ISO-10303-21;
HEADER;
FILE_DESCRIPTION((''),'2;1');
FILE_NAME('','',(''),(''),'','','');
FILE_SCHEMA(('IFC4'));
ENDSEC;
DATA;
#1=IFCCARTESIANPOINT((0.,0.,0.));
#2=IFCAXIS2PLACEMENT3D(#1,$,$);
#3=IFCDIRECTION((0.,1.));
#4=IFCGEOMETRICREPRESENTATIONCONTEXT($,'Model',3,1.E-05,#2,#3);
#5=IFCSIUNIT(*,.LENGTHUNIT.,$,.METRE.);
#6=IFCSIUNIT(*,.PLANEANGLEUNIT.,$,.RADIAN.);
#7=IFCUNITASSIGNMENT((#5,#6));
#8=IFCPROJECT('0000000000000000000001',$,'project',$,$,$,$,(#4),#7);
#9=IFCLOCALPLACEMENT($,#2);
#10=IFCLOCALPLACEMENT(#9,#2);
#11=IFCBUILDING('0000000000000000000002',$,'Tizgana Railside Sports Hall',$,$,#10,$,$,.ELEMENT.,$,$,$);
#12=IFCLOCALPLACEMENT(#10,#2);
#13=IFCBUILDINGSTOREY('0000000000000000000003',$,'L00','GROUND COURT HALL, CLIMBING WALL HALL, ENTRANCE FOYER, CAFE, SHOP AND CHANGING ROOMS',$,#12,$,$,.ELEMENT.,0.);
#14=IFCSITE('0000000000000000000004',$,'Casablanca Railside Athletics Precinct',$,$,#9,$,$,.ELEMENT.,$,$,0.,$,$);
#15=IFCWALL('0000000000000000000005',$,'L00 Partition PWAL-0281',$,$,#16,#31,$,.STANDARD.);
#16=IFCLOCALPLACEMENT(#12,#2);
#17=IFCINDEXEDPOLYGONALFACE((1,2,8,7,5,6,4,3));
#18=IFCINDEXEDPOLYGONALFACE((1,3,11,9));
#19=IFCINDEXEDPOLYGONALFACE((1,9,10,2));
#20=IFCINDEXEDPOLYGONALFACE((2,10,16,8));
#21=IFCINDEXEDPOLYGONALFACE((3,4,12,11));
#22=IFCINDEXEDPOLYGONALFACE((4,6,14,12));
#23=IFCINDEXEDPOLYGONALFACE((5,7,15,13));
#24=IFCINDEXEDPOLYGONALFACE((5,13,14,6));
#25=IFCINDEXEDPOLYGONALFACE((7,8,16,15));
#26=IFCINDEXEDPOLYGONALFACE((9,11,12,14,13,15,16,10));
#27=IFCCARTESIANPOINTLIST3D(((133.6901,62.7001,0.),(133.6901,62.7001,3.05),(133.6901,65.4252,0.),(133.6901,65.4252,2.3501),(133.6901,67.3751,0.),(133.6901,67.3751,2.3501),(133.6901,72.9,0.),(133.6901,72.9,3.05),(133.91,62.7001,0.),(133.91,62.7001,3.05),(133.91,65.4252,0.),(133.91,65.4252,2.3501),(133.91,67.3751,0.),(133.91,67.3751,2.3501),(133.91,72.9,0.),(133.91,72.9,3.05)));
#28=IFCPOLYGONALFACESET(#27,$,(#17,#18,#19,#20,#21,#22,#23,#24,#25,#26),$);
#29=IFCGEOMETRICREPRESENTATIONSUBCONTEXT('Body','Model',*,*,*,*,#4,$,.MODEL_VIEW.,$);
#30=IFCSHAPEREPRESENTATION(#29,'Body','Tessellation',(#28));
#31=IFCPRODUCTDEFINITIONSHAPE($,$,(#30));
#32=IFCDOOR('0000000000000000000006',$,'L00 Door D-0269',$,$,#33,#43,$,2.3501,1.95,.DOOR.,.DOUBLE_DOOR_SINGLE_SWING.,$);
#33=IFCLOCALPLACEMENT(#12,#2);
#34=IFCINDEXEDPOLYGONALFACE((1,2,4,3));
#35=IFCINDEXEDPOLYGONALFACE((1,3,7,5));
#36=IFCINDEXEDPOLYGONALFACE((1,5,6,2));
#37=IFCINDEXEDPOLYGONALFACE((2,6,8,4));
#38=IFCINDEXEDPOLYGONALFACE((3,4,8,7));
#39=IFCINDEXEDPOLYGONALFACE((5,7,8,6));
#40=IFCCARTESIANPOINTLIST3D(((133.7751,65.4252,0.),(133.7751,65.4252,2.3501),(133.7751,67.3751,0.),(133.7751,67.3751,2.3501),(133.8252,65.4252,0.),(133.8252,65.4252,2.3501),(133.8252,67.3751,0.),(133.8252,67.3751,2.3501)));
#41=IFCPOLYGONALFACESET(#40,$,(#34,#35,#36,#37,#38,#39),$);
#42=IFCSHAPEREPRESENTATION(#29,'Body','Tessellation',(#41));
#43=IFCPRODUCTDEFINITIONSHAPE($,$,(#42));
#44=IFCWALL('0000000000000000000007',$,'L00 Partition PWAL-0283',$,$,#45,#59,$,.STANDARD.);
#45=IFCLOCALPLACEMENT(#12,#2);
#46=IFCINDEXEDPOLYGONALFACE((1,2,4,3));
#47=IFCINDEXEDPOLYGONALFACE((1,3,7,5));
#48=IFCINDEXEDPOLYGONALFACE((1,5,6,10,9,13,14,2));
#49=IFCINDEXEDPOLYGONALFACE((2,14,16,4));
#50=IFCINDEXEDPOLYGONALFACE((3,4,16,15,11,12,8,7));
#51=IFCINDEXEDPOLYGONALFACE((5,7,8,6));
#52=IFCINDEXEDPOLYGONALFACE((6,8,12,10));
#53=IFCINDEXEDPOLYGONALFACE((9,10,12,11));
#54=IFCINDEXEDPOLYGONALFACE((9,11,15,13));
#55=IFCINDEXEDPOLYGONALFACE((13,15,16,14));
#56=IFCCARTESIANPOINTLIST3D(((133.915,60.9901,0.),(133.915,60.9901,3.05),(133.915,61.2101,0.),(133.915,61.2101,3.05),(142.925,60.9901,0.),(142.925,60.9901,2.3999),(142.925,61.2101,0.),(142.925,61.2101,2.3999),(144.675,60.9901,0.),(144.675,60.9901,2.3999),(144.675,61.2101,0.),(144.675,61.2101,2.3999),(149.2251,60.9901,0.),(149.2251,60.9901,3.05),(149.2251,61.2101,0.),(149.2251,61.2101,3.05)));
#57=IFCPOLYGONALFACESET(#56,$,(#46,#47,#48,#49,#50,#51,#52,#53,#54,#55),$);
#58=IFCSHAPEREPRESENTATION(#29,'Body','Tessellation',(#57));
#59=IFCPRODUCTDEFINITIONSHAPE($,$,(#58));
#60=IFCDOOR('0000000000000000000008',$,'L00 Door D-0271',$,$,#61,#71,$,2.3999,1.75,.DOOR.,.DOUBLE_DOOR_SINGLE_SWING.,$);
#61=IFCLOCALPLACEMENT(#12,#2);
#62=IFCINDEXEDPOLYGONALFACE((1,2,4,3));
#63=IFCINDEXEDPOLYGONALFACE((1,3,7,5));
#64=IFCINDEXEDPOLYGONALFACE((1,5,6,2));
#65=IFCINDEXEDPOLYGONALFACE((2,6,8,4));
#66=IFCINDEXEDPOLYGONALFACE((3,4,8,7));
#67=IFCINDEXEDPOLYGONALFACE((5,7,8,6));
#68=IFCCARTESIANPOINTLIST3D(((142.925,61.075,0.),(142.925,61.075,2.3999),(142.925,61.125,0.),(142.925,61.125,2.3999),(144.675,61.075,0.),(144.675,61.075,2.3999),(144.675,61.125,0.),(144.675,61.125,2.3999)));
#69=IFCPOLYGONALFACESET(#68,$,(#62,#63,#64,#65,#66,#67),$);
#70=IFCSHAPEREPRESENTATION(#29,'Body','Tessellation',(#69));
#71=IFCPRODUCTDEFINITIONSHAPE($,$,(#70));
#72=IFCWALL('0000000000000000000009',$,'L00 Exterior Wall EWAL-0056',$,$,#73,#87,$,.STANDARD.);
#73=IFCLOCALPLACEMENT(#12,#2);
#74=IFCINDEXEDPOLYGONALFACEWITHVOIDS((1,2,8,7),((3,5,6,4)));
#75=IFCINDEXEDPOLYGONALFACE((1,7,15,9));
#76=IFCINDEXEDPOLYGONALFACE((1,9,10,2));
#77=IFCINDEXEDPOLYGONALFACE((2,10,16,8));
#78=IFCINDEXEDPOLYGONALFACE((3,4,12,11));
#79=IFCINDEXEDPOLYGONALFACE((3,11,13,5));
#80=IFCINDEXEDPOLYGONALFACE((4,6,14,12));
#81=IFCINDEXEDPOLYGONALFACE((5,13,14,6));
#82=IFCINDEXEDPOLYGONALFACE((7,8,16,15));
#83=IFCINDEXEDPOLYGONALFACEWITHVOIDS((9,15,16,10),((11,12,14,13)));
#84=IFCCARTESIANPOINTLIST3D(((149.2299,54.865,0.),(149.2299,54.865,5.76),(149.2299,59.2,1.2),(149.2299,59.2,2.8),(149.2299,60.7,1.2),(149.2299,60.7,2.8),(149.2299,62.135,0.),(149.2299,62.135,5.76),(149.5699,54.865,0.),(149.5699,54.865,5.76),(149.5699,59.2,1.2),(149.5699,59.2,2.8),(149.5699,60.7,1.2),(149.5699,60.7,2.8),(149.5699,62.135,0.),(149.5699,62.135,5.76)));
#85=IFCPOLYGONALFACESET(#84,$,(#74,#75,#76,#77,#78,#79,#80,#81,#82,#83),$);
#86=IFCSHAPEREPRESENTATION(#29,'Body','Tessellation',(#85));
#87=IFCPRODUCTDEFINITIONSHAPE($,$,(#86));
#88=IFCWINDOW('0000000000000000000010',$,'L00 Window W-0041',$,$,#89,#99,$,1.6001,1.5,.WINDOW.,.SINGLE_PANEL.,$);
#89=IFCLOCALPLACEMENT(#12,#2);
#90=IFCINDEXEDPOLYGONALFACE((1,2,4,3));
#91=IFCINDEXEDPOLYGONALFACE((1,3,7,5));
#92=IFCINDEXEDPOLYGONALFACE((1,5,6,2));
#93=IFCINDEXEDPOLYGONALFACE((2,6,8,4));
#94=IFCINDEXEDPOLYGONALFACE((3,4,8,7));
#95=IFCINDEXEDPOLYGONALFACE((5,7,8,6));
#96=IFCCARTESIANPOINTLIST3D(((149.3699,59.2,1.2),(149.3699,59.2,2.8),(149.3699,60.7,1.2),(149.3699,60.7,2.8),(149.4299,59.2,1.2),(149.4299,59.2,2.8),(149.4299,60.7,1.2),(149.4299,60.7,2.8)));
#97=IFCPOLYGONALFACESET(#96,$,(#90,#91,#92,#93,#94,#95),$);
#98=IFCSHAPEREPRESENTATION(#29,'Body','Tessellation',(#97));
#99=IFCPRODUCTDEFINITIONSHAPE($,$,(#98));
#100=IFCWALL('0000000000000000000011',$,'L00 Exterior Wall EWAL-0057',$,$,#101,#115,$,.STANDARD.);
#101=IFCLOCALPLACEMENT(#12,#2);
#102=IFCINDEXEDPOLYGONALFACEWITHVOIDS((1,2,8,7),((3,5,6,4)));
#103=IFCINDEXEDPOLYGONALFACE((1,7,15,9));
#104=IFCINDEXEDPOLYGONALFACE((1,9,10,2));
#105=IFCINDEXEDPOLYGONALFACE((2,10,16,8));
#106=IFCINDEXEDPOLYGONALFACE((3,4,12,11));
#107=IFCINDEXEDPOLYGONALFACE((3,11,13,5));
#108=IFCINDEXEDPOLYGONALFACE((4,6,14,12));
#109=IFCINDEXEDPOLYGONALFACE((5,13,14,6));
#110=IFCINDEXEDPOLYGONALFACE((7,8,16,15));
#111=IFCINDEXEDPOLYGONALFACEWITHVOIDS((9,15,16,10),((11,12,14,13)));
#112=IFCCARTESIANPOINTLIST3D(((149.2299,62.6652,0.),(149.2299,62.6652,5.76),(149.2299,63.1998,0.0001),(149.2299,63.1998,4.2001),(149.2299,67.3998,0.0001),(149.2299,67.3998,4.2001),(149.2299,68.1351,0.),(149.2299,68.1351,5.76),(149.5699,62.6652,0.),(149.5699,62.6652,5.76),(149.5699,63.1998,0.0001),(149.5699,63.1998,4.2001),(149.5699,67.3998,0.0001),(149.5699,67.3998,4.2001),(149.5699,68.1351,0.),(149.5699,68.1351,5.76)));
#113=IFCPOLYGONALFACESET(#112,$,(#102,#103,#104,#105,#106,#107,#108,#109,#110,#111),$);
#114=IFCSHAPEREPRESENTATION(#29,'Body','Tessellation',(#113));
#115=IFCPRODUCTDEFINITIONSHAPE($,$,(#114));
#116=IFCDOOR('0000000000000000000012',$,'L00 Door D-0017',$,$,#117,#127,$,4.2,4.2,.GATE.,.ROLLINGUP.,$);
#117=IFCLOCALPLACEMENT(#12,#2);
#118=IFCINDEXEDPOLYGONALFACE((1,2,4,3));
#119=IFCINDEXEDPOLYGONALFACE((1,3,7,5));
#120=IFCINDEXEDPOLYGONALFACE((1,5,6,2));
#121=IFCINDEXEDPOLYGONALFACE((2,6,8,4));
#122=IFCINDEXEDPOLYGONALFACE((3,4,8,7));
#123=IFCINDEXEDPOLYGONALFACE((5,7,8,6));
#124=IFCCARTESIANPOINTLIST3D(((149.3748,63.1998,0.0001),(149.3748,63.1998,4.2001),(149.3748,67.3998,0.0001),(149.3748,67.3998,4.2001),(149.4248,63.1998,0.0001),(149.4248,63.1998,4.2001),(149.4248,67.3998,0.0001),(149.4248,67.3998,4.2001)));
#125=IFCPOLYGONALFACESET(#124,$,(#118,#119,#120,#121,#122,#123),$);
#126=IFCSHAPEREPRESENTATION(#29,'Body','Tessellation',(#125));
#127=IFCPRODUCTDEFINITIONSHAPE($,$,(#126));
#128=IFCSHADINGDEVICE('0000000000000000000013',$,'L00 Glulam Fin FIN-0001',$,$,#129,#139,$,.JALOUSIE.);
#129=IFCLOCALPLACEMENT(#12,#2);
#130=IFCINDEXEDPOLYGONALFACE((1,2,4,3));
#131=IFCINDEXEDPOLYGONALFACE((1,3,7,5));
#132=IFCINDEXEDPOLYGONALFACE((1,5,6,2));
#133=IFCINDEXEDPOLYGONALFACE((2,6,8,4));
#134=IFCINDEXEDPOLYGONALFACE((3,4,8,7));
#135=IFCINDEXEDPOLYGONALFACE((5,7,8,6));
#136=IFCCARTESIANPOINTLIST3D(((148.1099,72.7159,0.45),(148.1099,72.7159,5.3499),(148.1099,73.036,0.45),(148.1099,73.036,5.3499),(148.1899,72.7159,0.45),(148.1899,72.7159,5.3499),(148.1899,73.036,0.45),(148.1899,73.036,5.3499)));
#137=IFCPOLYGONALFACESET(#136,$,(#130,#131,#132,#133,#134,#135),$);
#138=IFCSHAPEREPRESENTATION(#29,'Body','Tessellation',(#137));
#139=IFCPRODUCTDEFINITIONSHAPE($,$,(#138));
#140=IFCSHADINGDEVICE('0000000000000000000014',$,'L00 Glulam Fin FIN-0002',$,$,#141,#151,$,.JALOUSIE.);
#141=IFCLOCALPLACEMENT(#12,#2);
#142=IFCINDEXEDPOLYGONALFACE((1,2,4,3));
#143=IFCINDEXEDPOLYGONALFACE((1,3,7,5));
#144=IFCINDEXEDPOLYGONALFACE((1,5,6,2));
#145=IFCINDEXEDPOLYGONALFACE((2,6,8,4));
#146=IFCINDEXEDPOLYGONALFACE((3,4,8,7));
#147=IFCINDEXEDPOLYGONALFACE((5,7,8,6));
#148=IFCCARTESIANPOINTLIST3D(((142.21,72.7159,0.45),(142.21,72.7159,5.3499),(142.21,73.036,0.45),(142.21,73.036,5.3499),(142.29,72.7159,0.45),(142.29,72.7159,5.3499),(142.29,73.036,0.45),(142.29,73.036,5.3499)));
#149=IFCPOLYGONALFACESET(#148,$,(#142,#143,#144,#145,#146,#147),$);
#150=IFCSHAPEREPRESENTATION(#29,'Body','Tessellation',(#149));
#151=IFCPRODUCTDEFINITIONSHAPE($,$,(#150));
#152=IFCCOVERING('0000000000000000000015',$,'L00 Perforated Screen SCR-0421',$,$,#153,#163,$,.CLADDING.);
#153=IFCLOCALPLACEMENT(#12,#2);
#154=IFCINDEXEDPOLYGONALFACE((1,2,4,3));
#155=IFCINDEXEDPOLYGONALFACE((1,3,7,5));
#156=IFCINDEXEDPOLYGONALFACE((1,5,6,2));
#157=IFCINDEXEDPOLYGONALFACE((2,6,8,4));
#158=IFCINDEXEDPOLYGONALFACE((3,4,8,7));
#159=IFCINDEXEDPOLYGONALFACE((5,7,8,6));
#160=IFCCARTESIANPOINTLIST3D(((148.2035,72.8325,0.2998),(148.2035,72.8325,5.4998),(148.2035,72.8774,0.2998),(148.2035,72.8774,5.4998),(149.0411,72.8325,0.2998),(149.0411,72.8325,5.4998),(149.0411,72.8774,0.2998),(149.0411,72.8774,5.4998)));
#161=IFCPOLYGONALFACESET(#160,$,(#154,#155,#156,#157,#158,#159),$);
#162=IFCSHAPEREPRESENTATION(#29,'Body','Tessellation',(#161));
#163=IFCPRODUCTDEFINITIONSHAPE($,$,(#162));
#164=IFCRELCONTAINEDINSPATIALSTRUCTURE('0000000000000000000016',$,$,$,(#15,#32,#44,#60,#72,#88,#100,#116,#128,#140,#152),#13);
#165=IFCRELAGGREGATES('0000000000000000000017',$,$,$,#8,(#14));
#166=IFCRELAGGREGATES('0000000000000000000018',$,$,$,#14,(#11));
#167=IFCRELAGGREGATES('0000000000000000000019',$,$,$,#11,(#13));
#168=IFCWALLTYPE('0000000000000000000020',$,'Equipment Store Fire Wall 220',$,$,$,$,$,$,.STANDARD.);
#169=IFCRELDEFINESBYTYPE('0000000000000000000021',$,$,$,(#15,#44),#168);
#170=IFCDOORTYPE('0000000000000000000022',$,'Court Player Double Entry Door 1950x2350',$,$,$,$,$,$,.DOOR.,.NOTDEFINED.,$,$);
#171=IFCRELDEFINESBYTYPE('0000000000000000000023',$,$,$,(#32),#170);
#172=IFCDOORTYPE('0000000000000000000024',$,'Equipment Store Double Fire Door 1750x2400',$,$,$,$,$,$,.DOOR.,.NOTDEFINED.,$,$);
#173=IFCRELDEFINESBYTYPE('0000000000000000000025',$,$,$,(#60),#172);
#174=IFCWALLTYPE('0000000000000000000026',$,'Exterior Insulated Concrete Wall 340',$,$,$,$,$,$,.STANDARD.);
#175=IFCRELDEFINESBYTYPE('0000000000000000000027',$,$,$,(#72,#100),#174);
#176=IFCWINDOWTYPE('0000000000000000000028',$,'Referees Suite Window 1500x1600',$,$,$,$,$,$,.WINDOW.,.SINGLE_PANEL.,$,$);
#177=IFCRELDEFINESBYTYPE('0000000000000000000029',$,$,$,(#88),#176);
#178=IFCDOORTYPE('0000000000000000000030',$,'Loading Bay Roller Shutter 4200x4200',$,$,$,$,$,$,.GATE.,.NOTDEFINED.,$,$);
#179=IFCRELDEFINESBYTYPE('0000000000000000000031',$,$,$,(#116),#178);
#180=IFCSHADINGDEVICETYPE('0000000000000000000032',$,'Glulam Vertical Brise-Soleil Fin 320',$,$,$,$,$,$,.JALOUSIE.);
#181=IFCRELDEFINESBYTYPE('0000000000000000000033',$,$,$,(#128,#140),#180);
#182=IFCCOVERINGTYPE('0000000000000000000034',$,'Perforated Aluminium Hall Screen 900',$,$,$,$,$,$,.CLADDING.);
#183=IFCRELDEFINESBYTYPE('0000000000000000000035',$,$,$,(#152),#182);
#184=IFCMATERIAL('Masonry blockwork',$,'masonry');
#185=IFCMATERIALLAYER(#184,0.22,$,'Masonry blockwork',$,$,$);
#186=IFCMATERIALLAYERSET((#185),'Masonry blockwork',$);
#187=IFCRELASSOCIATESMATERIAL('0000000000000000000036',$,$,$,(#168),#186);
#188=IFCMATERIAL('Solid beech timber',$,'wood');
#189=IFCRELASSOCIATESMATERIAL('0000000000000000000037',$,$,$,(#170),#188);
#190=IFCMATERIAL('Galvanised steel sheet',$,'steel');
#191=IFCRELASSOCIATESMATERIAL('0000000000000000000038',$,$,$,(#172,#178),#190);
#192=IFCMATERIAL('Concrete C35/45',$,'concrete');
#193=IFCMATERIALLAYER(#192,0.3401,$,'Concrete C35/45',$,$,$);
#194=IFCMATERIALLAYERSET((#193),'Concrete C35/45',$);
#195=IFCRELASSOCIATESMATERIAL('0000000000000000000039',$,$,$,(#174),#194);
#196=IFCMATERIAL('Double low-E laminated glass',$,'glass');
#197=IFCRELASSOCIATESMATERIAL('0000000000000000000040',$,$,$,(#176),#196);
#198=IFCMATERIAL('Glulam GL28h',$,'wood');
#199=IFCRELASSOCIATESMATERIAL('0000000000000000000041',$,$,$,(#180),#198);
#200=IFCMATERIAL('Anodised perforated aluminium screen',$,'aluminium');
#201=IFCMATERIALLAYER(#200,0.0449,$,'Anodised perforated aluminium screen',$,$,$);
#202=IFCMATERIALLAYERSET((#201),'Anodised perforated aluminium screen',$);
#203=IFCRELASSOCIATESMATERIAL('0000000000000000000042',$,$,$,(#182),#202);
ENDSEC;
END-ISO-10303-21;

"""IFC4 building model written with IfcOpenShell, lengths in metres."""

from ifc_helpers import new_model, si_unit, direction, frame, frame_2d, origin, origin_2d, place, context, subcontext, project, spatial, rectangle, extrude, material, layer, layer_set, type_object, element, fill, save


model = new_model("IFC4")

# Units and contexts
model_context = context("Model", 3, precision=1e-05, world=origin(), true_north=direction((0.0, 1.0)))
body_context = subcontext(model_context, "Body", "Model", "MODEL_VIEW")
ifc_project = project(units=[si_unit("LENGTHUNIT", "METRE"), si_unit("PLANEANGLEUNIT", "RADIAN")], contexts=[model_context])

# Site, building, storey
site_placement = place(None, origin())
site = spatial("IfcSite", under=ifc_project, at=site_placement, Name="Casablanca Railside Athletics Precinct", CompositionType="ELEMENT", RefElevation=0.0)
building_placement = place(site_placement, origin())
building = spatial("IfcBuilding", under=site, at=building_placement, Name="Tizgana Railside Sports Hall", CompositionType="ELEMENT")
storey_placement = place(building_placement, origin())
storey = spatial("IfcBuildingStorey", under=building, at=storey_placement, Name="L00", Description="GROUND COURT HALL, CLIMBING WALL HALL, ENTRANCE FOYER, CAFE, SHOP AND CHANGING ROOMS", CompositionType="ELEMENT", Elevation=0.0)

# Shared definitions
ifc_material_1 = material(Name="Concrete C35/45", Category="concrete")

# Walls, openings, doors
ifc_material_2 = material(Name="Masonry blockwork", Category="masonry")
ifc_layer_1 = layer(ifc_material_2, 0.22, Name="Masonry blockwork")
ifc_layer_set_1 = layer_set([ifc_layer_1], Name="Masonry blockwork")
wall_type_1 = type_object("IfcWallType", Name="Equipment Store Fire Wall 220", PredefinedType="STANDARD", material=ifc_layer_set_1)
ifc_material_3 = material(Name="Solid beech timber", Category="wood")
door_type_1 = type_object("IfcDoorType", Name="Court Player Double Entry Door 1950x2350", OperationType="NOTDEFINED", PredefinedType="DOOR", material=ifc_material_3)
wall_1_placement = place(storey_placement, frame((133.8, 62.7, 0.0), z_axis=(0.0, 0.0, 1.0), x_axis=(0.0, 1.0, 0.0)))
wall_1 = element("IfcWall", 1, at=wall_1_placement, inside=storey, type_object=wall_type_1, Name="L00 Partition PWAL-0281", PredefinedType="STANDARD", context=body_context, shape_type="SweptSolid", body=[
    extrude(rectangle(XDim=10.2, YDim=0.22, at=frame_2d((5.1001, 0.0))), origin(), (0.0, 0.0, 1.0), 3.05),
])
opening_1_placement = place(wall_1_placement, frame((2.7251, 0.0, 0.0)))
opening_1 = element("IfcOpeningElement", 2, at=opening_1_placement, cuts=wall_1, PredefinedType="OPENING", context=body_context, shape_type="SweptSolid", body=[
    extrude(rectangle(XDim=1.95, YDim=2.3501, at=frame_2d((0.9751, 1.175))), frame((0.0, 0.1199, 0.0), z_axis=(0.0, -1.0, 0.0), x_axis=(1.0, 0.0, 0.0)), (0.0, 0.0, 1.0), 0.24),
])
door_1_placement = place(opening_1_placement, origin())
door_1 = element("IfcDoor", 3, at=door_1_placement, inside=storey, type_object=door_type_1, Name="L00 Door D-0269", OperationType="DOUBLE_DOOR_SINGLE_SWING", OverallHeight=2.3501, OverallWidth=1.95, PredefinedType="DOOR", context=body_context, shape_type="SweptSolid", body=[
    extrude(rectangle(XDim=1.95, YDim=2.3501, at=frame_2d((0.9751, 1.175))), frame((0.0, 0.0249, 0.0), z_axis=(0.0, -1.0, 0.0), x_axis=(1.0, 0.0, 0.0)), (0.0, 0.0, 1.0), 0.05),
])
fill(opening_1, door_1)
wall_2_placement = place(storey_placement, frame((133.915, 61.1001, 0.0), z_axis=(0.0, 0.0, 1.0), x_axis=(1.0, 0.0, 0.0)))
wall_2 = element("IfcWall", 4, at=wall_2_placement, inside=storey, type_object=wall_type_1, Name="L00 Partition PWAL-0283", PredefinedType="STANDARD", context=body_context, shape_type="SweptSolid", body=[
    extrude(rectangle(XDim=15.3101, YDim=0.22, at=frame_2d((7.655, 0.0))), origin(), (0.0, 0.0, 1.0), 3.05),
])
opening_2_placement = place(wall_2_placement, frame((9.01, 0.0, 0.0)))
opening_2 = element("IfcOpeningElement", 5, at=opening_2_placement, cuts=wall_2, PredefinedType="OPENING", context=body_context, shape_type="SweptSolid", body=[
    extrude(rectangle(XDim=1.75, YDim=2.3999, at=frame_2d((0.875, 1.2))), frame((0.0, 0.1199, 0.0), z_axis=(0.0, -1.0, 0.0), x_axis=(1.0, 0.0, 0.0)), (0.0, 0.0, 1.0), 0.24),
])
ifc_material_4 = material(Name="Galvanised steel sheet", Category="steel")
door_type_2 = type_object("IfcDoorType", Name="Equipment Store Double Fire Door 1750x2400", OperationType="NOTDEFINED", PredefinedType="DOOR", material=ifc_material_4)
door_2_placement = place(opening_2_placement, origin())
door_2 = element("IfcDoor", 6, at=door_2_placement, inside=storey, type_object=door_type_2, Name="L00 Door D-0271", OperationType="DOUBLE_DOOR_SINGLE_SWING", OverallHeight=2.3999, OverallWidth=1.75, PredefinedType="DOOR", context=body_context, shape_type="SweptSolid", body=[
    extrude(rectangle(XDim=1.75, YDim=2.3999, at=frame_2d((0.875, 1.2))), frame((0.0, 0.0249, 0.0), z_axis=(0.0, -1.0, 0.0), x_axis=(1.0, 0.0, 0.0)), (0.0, 0.0, 1.0), 0.05),
])
fill(opening_2, door_2)

# Wall, opening, window
ifc_layer_2 = layer(ifc_material_1, 0.3401, Name="Concrete C35/45")
ifc_layer_set_2 = layer_set([ifc_layer_2], Name="Concrete C35/45")
wall_type_2 = type_object("IfcWallType", Name="Exterior Insulated Concrete Wall 340", PredefinedType="STANDARD", material=ifc_layer_set_2)
wall_3_placement = place(storey_placement, frame((149.3999, 62.135, 0.0), z_axis=(0.0, 0.0, 1.0), x_axis=(0.0, -1.0, 0.0)))
wall_3 = element("IfcWall", 7, at=wall_3_placement, inside=storey, type_object=wall_type_2, Name="L00 Exterior Wall EWAL-0056", PredefinedType="STANDARD", context=body_context, shape_type="SweptSolid", body=[
    extrude(rectangle(XDim=7.27, YDim=0.3401, at=frame_2d((3.635, 0.0))), origin(), (0.0, 0.0, 1.0), 5.76),
])
opening_3_placement = place(wall_3_placement, frame((1.4351, 0.0, 1.2)))
opening_3 = element("IfcOpeningElement", 8, at=opening_3_placement, cuts=wall_3, PredefinedType="OPENING", context=body_context, shape_type="SweptSolid", body=[
    extrude(rectangle(XDim=1.5, YDim=1.6001, at=frame_2d((0.75, 0.8))), frame((0.0, 0.1799, 0.0), z_axis=(0.0, -1.0, 0.0), x_axis=(1.0, 0.0, 0.0)), (0.0, 0.0, 1.0), 0.3601),
])
ifc_material_5 = material(Name="Double low-E laminated glass", Category="glass")
window_type = type_object("IfcWindowType", Name="Referees Suite Window 1500x1600", PartitioningType="SINGLE_PANEL", PredefinedType="WINDOW", material=ifc_material_5)
window_placement = place(opening_3_placement, origin())
window = element("IfcWindow", 9, at=window_placement, inside=storey, type_object=window_type, Name="L00 Window W-0041", OverallHeight=1.6001, OverallWidth=1.5, PartitioningType="SINGLE_PANEL", PredefinedType="WINDOW", context=body_context, shape_type="SweptSolid", body=[
    extrude(rectangle(XDim=1.5, YDim=1.6001, at=frame_2d((0.75, 0.8))), frame((0.0, 0.03, 0.0), z_axis=(0.0, -1.0, 0.0), x_axis=(1.0, 0.0, 0.0)), (0.0, 0.0, 1.0), 0.0601),
])
fill(opening_3, window)

# Wall, opening, door
wall_4_placement = place(storey_placement, frame((149.3999, 68.135, 0.0), z_axis=(0.0, 0.0, 1.0), x_axis=(0.0, -1.0, 0.0)))
wall_4 = element("IfcWall", 10, at=wall_4_placement, inside=storey, type_object=wall_type_2, Name="L00 Exterior Wall EWAL-0057", PredefinedType="STANDARD", context=body_context, shape_type="SweptSolid", body=[
    extrude(rectangle(XDim=5.47, YDim=0.3401, at=frame_2d((2.7349, 0.0))), origin(), (0.0, 0.0, 1.0), 5.76),
])
opening_4_placement = place(wall_4_placement, frame((0.7351, 0.0, 0.0)))
opening_4 = element("IfcOpeningElement", 11, at=opening_4_placement, cuts=wall_4, PredefinedType="OPENING", context=body_context, shape_type="SweptSolid", body=[
    extrude(rectangle(XDim=4.2, YDim=4.2, at=frame_2d((2.1001, 2.1001))), frame((0.0, 0.1799, 0.0), z_axis=(0.0, -1.0, 0.0), x_axis=(1.0, 0.0, 0.0)), (0.0, 0.0, 1.0), 0.3601),
])
door_type_3 = type_object("IfcDoorType", Name="Loading Bay Roller Shutter 4200x4200", OperationType="NOTDEFINED", PredefinedType="GATE", material=ifc_material_4)
door_3_placement = place(opening_4_placement, origin())
door_3 = element("IfcDoor", 12, at=door_3_placement, inside=storey, type_object=door_type_3, Name="L00 Door D-0017", OperationType="ROLLINGUP", OverallHeight=4.2, OverallWidth=4.2, PredefinedType="GATE", context=body_context, shape_type="SweptSolid", body=[
    extrude(rectangle(XDim=4.2, YDim=4.2, at=frame_2d((2.1001, 2.1001))), frame((0.0, 0.0249, 0.0), z_axis=(0.0, -1.0, 0.0), x_axis=(1.0, 0.0, 0.0)), (0.0, 0.0, 1.0), 0.05),
])
fill(opening_4, door_3)

# Shading devices
ifc_material_6 = material(Name="Glulam GL28h", Category="wood")
shading_device_type = type_object("IfcShadingDeviceType", Name="Glulam Vertical Brise-Soleil Fin 320", PredefinedType="JALOUSIE", material=ifc_material_6)
for number, where, z_axis, x_axis, name in (
    (13, (148.1499, 72.876, 0.45), (0.0, 0.0, 1.0), (-1.0, 0.0, 0.0), "L00 Glulam Fin FIN-0001"),
    (14, (142.25, 72.876, 0.45), (0.0, 0.0, 1.0), (-1.0, 0.0, 0.0), "L00 Glulam Fin FIN-0002"),
):
    element("IfcShadingDevice", number, at=place(storey_placement, frame(where, z_axis=z_axis, x_axis=x_axis)), inside=storey, type_object=shading_device_type, Name=name, PredefinedType="JALOUSIE", context=body_context, shape_type="SweptSolid", body=[
        extrude(rectangle(XDim=0.0801, YDim=0.3201, at=origin_2d()), origin(), (0.0, 0.0, 1.0), 4.8999),
    ])

# Covering
ifc_material_7 = material(Name="Anodised perforated aluminium screen", Category="aluminium")
ifc_layer_3 = layer(ifc_material_7, 0.0449, Name="Anodised perforated aluminium screen")
ifc_layer_set_3 = layer_set([ifc_layer_3], Name="Anodised perforated aluminium screen")
covering_type = type_object("IfcCoveringType", Name="Perforated Aluminium Hall Screen 900", PredefinedType="CLADDING", material=ifc_layer_set_3)
for number, where, z_axis, x_axis, name in (
    (15, (148.6223, 72.855, 0.2998), (0.0, 0.0, 1.0), (-1.0, 0.0, 0.0), "L00 Perforated Screen SCR-0421"),
):
    element("IfcCovering", number, at=place(storey_placement, frame(where, z_axis=z_axis, x_axis=x_axis)), inside=storey, type_object=covering_type, Name=name, PredefinedType="CLADDING", context=body_context, shape_type="SweptSolid", body=[
        extrude(rectangle(XDim=0.8376, YDim=0.0449, at=origin_2d()), origin(), (0.0, 0.0, 1.0), 5.2),
    ])

save(model, "model.ifc")
